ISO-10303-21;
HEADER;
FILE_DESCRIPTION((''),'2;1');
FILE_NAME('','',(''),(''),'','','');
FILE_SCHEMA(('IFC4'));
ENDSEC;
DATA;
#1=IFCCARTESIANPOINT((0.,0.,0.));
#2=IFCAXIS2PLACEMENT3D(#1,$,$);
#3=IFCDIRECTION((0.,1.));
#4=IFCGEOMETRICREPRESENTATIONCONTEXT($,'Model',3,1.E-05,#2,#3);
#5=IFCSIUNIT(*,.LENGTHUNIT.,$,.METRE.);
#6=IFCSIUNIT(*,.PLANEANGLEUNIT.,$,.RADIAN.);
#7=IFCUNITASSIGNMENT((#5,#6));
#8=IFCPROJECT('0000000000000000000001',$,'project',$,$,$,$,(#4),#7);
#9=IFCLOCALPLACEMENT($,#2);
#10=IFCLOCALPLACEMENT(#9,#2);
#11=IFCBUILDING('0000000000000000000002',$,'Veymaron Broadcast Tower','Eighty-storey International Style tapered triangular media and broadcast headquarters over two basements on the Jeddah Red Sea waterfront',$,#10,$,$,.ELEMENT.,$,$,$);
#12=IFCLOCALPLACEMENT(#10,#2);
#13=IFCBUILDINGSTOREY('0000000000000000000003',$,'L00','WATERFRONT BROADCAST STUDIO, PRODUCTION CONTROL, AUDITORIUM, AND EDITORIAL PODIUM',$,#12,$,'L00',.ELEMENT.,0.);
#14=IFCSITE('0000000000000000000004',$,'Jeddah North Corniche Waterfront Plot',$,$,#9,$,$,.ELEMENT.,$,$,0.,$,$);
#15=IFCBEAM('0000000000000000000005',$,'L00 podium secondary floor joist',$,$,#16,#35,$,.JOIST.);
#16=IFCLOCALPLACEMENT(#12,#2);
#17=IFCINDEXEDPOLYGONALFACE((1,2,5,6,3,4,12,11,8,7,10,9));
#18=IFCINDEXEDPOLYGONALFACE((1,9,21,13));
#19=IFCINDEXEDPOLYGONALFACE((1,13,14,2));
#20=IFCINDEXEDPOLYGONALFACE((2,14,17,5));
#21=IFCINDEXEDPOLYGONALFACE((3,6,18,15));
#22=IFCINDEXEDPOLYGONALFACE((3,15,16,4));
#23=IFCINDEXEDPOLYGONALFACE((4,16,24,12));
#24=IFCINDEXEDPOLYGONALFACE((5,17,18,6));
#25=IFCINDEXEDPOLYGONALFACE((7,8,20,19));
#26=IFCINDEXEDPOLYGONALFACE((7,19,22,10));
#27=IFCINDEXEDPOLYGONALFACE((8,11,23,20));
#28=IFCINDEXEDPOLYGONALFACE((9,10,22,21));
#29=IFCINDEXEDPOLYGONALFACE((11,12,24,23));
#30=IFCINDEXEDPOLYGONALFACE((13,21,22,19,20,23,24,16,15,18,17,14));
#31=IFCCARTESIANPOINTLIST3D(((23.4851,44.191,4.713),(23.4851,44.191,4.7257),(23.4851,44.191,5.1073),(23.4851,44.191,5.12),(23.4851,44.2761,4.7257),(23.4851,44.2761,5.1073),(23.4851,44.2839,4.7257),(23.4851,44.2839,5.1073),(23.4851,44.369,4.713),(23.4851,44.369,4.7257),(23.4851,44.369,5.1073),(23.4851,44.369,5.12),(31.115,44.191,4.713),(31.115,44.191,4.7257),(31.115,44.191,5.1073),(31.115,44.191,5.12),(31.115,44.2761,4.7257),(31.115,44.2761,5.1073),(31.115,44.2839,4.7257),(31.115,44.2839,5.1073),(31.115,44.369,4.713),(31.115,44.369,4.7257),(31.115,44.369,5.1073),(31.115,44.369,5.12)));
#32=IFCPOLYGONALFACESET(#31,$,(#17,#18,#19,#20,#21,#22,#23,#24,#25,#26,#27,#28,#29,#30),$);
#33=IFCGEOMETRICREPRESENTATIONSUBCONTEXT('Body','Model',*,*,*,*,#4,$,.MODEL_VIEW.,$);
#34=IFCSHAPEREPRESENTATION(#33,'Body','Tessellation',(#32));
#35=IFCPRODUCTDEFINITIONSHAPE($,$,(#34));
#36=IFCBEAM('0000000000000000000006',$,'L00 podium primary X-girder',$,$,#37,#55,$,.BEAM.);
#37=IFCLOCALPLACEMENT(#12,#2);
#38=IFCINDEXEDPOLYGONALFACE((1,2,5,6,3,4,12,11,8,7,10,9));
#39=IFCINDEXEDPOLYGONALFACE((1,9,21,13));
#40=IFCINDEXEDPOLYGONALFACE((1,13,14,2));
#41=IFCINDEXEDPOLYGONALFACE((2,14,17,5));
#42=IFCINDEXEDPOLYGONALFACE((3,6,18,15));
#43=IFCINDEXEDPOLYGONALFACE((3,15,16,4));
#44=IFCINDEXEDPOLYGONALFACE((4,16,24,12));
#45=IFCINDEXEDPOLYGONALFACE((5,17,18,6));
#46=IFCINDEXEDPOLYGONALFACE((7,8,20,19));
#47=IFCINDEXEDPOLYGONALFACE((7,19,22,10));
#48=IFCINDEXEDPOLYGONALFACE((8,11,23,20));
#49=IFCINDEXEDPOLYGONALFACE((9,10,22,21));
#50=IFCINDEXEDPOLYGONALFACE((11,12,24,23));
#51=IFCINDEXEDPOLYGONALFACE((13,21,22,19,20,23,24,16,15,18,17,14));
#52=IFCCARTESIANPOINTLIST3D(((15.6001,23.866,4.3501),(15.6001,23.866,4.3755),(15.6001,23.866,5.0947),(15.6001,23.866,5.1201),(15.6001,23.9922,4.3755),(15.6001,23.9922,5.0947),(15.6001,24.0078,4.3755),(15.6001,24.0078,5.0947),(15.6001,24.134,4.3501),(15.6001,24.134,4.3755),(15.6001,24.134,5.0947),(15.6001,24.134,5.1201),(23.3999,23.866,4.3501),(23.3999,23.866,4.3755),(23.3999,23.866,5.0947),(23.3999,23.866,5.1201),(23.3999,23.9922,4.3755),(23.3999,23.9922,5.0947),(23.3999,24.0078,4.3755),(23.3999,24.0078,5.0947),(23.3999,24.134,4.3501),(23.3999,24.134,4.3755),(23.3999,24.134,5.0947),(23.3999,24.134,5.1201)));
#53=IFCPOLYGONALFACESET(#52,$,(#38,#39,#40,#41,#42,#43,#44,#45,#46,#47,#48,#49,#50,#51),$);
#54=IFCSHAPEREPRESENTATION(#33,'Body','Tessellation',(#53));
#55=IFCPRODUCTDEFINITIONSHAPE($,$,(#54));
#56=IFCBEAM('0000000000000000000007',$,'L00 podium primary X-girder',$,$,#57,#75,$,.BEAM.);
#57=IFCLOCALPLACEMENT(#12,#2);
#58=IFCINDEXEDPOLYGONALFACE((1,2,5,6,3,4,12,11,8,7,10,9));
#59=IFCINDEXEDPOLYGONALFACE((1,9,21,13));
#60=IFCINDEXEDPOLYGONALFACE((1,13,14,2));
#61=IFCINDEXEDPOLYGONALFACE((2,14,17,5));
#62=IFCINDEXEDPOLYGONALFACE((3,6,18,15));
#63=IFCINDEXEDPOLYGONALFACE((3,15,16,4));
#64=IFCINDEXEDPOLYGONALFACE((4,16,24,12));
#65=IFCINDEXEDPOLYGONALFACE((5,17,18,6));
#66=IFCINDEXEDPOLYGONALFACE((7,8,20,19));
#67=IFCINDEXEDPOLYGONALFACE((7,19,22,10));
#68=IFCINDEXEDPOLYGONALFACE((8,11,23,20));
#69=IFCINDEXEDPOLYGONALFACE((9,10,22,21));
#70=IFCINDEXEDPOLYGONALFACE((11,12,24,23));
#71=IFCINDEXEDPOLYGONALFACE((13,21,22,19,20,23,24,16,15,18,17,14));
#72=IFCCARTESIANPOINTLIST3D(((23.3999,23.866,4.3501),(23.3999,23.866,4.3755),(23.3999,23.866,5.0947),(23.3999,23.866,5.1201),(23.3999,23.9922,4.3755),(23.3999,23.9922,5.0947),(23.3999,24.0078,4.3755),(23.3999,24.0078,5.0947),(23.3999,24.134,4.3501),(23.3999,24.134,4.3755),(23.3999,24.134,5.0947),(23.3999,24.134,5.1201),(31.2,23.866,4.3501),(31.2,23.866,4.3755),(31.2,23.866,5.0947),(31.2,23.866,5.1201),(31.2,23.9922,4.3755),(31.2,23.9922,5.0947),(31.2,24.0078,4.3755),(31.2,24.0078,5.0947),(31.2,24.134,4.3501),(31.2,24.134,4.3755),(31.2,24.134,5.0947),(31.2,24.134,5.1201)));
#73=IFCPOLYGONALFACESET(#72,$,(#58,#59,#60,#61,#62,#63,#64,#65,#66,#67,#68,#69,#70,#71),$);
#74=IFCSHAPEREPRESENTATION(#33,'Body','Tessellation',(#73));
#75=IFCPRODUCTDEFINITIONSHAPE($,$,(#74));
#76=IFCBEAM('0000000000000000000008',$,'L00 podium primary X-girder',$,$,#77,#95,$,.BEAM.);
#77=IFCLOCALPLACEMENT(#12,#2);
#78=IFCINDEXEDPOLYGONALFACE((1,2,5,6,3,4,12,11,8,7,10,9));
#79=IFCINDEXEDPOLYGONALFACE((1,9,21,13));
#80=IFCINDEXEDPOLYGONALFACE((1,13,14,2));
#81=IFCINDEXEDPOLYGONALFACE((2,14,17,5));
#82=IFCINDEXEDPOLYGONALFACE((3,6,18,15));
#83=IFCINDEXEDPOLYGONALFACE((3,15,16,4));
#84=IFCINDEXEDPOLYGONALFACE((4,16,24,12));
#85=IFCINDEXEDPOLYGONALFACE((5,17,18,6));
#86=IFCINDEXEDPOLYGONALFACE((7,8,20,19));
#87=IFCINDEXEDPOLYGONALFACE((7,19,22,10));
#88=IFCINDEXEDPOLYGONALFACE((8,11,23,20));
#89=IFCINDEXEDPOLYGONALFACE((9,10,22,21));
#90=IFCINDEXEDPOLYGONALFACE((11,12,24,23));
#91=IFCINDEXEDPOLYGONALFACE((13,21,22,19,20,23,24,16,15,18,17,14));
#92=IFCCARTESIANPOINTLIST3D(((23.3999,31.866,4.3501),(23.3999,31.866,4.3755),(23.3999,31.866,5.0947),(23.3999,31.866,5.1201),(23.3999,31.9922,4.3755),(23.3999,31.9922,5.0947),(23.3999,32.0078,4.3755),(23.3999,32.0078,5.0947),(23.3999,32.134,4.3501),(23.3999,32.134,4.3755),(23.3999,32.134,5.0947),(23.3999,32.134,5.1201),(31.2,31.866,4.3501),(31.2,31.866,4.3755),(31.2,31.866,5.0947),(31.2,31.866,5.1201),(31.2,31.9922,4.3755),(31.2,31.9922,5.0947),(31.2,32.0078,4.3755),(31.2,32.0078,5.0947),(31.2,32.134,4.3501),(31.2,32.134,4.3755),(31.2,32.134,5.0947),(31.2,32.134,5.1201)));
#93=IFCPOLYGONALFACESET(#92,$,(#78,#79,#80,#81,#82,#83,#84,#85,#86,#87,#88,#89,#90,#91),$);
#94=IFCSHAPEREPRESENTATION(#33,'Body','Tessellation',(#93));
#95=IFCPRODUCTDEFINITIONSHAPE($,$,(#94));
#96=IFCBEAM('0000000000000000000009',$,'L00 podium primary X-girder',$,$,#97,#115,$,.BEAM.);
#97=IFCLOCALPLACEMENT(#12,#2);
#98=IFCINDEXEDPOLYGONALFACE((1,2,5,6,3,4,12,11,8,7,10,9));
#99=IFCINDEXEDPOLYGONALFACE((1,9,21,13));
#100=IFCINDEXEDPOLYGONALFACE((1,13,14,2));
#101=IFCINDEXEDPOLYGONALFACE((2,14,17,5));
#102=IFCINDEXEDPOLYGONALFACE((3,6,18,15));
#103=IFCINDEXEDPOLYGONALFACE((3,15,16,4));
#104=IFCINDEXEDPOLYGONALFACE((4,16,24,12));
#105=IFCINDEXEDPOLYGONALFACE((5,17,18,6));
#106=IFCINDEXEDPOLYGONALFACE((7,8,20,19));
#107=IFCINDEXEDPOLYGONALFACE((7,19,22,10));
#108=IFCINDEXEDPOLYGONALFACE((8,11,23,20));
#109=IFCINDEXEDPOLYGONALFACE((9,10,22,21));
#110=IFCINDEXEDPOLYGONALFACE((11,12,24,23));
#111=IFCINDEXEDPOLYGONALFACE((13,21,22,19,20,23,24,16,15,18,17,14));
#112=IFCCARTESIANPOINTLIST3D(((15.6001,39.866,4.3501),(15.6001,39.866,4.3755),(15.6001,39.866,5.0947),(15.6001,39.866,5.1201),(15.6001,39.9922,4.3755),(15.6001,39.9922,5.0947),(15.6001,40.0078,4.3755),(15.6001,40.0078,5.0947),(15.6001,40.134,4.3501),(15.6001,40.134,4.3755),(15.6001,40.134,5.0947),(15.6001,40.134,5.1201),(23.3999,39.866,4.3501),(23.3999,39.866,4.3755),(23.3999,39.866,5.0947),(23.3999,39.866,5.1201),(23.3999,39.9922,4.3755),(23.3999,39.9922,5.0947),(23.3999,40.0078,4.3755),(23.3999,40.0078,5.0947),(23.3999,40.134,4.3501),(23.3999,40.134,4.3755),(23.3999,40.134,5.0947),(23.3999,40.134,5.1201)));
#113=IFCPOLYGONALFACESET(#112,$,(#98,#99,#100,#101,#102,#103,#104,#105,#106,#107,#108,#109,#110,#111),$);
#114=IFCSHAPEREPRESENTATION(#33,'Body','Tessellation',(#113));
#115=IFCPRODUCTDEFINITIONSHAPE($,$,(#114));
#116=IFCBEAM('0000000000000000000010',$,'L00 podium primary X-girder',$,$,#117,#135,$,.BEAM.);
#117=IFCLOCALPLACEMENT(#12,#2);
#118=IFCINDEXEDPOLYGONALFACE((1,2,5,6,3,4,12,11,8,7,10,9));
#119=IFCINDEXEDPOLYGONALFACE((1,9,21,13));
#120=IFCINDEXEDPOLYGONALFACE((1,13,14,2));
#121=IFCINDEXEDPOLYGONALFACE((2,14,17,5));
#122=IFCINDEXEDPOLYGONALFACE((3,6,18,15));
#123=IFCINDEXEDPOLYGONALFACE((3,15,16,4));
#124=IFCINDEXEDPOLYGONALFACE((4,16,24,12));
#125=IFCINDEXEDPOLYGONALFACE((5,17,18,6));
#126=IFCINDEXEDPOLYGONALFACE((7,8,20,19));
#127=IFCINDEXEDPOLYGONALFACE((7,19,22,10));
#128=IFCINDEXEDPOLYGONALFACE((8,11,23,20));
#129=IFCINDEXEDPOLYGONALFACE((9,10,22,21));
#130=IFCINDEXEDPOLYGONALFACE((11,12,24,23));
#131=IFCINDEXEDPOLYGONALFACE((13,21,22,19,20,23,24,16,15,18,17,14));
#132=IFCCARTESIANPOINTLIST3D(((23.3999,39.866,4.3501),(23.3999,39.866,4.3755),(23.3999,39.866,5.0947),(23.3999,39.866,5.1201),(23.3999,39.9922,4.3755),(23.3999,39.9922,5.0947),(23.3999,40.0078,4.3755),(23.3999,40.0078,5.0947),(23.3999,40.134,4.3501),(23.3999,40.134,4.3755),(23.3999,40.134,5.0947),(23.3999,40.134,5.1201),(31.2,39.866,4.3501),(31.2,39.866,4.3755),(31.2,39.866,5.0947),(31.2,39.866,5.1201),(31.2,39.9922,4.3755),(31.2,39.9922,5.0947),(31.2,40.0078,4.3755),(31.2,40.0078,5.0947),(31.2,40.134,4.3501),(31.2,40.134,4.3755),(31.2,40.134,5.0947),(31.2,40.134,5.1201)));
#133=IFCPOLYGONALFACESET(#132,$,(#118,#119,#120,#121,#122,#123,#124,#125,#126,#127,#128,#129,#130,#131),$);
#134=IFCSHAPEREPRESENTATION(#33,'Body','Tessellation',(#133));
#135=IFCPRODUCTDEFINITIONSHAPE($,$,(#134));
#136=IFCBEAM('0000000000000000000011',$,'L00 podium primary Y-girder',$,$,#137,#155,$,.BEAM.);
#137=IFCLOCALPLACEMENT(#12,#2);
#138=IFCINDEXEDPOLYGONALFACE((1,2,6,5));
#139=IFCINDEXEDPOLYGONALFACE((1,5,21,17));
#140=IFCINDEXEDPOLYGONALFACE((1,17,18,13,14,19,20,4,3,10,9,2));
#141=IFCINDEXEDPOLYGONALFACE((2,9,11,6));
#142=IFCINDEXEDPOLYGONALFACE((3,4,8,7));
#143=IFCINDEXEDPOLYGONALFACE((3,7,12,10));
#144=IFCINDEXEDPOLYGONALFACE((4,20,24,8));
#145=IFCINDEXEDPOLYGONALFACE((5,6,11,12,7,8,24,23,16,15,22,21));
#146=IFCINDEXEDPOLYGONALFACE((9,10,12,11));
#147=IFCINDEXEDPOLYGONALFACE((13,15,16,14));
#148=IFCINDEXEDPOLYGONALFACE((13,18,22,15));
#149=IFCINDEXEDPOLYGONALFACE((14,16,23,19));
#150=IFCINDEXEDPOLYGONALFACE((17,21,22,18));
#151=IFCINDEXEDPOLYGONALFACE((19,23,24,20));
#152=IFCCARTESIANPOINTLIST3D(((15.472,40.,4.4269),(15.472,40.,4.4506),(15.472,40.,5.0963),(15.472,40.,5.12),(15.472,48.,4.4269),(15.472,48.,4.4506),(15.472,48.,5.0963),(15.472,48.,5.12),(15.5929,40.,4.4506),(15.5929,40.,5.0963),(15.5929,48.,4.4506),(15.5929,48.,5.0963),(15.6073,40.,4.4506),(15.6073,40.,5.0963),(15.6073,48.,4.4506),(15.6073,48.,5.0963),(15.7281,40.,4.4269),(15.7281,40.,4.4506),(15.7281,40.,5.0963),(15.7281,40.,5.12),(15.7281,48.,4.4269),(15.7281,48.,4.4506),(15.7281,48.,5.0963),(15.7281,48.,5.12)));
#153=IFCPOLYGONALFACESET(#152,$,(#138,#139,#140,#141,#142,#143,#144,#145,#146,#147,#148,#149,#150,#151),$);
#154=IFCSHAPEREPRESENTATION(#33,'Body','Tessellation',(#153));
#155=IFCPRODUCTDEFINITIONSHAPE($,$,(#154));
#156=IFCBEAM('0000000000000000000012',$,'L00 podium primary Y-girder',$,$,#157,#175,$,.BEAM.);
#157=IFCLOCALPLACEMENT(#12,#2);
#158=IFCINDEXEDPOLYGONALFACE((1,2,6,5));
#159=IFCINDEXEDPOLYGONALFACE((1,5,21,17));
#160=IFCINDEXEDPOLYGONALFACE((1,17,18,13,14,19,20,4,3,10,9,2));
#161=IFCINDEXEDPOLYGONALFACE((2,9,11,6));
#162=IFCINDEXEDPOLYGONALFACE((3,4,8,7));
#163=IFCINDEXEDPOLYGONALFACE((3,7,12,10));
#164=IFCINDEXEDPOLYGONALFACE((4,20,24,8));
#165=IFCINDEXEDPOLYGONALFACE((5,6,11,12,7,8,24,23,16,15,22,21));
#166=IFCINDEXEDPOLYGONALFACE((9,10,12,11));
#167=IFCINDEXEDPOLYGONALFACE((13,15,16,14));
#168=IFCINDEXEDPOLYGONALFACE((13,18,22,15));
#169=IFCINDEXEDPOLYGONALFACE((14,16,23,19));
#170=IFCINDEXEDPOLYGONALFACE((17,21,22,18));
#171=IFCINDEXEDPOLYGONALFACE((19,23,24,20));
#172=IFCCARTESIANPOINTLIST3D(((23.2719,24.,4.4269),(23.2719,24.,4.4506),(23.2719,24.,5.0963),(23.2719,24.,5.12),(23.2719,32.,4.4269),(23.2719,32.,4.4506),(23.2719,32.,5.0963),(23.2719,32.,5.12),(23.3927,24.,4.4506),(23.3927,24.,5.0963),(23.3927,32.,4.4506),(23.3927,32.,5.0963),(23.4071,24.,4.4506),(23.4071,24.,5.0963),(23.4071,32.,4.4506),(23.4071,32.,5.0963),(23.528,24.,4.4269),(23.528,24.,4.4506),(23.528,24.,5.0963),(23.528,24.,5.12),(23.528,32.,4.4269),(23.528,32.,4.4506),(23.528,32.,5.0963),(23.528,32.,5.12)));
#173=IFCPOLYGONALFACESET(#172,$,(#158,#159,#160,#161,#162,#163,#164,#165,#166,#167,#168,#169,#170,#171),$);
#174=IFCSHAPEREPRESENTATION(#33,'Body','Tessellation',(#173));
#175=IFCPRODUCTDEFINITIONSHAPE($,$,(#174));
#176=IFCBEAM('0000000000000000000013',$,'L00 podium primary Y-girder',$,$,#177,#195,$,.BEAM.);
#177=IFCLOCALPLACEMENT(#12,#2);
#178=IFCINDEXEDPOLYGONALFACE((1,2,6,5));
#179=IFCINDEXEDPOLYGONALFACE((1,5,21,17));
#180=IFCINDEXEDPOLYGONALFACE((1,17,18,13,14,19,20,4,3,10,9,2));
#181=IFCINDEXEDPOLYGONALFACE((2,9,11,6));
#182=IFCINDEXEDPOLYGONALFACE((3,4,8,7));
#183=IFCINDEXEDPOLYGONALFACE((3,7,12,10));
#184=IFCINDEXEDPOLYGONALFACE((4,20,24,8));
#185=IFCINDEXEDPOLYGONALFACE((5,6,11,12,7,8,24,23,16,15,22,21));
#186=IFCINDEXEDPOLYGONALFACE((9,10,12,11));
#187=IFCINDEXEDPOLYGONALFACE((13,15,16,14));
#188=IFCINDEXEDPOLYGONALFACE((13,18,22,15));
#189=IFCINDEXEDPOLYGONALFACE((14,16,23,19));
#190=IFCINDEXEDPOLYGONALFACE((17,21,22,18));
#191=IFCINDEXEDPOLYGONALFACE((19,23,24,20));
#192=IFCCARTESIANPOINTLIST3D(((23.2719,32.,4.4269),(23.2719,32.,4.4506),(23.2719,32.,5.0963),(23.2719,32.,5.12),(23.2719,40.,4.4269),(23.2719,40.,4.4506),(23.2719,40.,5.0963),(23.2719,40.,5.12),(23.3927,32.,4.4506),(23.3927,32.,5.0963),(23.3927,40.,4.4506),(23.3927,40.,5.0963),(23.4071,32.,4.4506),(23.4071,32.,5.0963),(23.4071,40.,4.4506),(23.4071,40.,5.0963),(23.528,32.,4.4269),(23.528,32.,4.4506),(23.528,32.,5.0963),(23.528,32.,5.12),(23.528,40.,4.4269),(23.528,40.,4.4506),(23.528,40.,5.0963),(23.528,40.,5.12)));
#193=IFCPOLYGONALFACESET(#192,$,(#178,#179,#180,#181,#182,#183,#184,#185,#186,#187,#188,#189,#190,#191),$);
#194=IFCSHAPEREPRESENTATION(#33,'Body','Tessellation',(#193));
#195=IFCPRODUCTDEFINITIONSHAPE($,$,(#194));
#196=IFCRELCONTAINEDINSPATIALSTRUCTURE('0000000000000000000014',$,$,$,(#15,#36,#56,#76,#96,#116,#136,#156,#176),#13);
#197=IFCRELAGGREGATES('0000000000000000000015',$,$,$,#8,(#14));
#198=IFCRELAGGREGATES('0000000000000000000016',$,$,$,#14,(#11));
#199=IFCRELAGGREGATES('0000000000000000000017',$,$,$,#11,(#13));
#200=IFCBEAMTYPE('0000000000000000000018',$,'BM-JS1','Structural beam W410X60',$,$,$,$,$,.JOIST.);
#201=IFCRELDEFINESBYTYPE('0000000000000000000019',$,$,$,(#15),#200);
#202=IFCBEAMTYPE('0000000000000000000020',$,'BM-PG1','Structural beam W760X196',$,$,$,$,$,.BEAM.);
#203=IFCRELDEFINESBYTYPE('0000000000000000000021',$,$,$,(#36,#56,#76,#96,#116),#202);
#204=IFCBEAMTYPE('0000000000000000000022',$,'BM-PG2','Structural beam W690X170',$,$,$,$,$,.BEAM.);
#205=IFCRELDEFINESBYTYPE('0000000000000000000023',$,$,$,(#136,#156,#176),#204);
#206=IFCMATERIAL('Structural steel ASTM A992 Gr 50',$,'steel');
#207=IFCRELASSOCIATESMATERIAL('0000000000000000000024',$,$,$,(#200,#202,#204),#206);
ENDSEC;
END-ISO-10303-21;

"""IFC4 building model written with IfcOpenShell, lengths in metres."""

from ifc_helpers import new_model, si_unit, direction, frame, origin, origin_2d, place, context, subcontext, project, spatial, i_section, extrude, material, material_profile, profile_set, type_object, element, save


model = new_model("IFC4")

# Units and contexts
model_context = context("Model", 3, precision=1e-05, world=origin(), true_north=direction((0.0, 1.0)))
body_context = subcontext(model_context, "Body", "Model", "MODEL_VIEW")
ifc_project = project(units=[si_unit("LENGTHUNIT", "METRE"), si_unit("PLANEANGLEUNIT", "RADIAN")], contexts=[model_context])

# Site, building, storey
site_placement = place(None, origin())
site = spatial("IfcSite", under=ifc_project, at=site_placement, Name="Jeddah North Corniche Waterfront Plot", CompositionType="ELEMENT", RefElevation=0.0)
building_placement = place(site_placement, origin())
building = spatial("IfcBuilding", under=site, at=building_placement, Name="Veymaron Broadcast Tower", Description="Eighty-storey International Style tapered triangular media and broadcast headquarters over two basements on the Jeddah Red Sea waterfront", CompositionType="ELEMENT")
storey_placement = place(building_placement, origin())
storey = spatial("IfcBuildingStorey", under=building, at=storey_placement, Name="L00", Description="WATERFRONT BROADCAST STUDIO, PRODUCTION CONTROL, AUDITORIUM, AND EDITORIAL PODIUM", LongName="L00", CompositionType="ELEMENT", Elevation=0.0)

# Beams
ifc_material_1 = material(Name="Structural steel ASTM A992 Gr 50", Category="steel")
ifc_material_profile_1 = material_profile(ifc_material_1, i_section(OverallWidth=0.178, OverallDepth=0.407, WebThickness=0.0078, FlangeThickness=0.0127, at=origin_2d()), Name="W410X60")
ifc_profile_set_1 = profile_set([ifc_material_profile_1], Name="Structural steel ASTM A992 Gr 50")
beam_type_1 = type_object("IfcBeamType", Name="BM-JS1", Description="Structural beam W410X60", PredefinedType="JOIST", material=ifc_profile_set_1)
for number, where, z_axis, x_axis, name in (
    (1, (23.4851, 44.28, 4.9165), (1.0, 0.0, 0.0), (0.0, 1.0, 0.0), "L00 podium secondary floor joist"),
):
    element("IfcBeam", number, at=place(storey_placement, frame(where, z_axis=z_axis, x_axis=x_axis)), inside=storey, type_object=beam_type_1, Name=name, PredefinedType="JOIST", context=body_context, shape_type="SweptSolid", body=[
        extrude(i_section(OverallWidth=0.178, OverallDepth=0.407, WebThickness=0.0078, FlangeThickness=0.0127, at=origin_2d()), origin(), (0.0, 0.0, 1.0), 7.6299),
    ])
ifc_material_profile_2 = material_profile(ifc_material_1, i_section(OverallWidth=0.2681, OverallDepth=0.77, WebThickness=0.0156, FlangeThickness=0.0254, at=origin_2d()), Name="W760X196")
ifc_profile_set_2 = profile_set([ifc_material_profile_2], Name="Structural steel ASTM A992 Gr 50")
beam_type_2 = type_object("IfcBeamType", Name="BM-PG1", Description="Structural beam W760X196", PredefinedType="BEAM", material=ifc_profile_set_2)
beam_1_placement = place(storey_placement, frame((15.6001, 24.0, 4.7351), z_axis=(1.0, 0.0, 0.0), x_axis=(0.0, 1.0, 0.0)))
element("IfcBeam", 2, at=beam_1_placement, inside=storey, type_object=beam_type_2, Name="L00 podium primary X-girder", PredefinedType="BEAM", context=body_context, shape_type="SweptSolid", body=[
    extrude(i_section(OverallWidth=0.2681, OverallDepth=0.77, WebThickness=0.0156, FlangeThickness=0.0254, at=origin_2d()), origin(), (0.0, 0.0, 1.0), 7.7998),
])
for number, where, z_axis, x_axis, name in (
    (3, (23.3999, 24.0, 4.7351), (1.0, 0.0, 0.0), (0.0, 1.0, 0.0), "L00 podium primary X-girder"),
    (4, (23.3999, 32.0, 4.7351), (1.0, 0.0, 0.0), (0.0, 1.0, 0.0), "L00 podium primary X-girder"),
):
    element("IfcBeam", number, at=place(storey_placement, frame(where, z_axis=z_axis, x_axis=x_axis)), inside=storey, type_object=beam_type_2, Name=name, PredefinedType="BEAM", context=body_context, shape_type="SweptSolid", body=[
        extrude(i_section(OverallWidth=0.2681, OverallDepth=0.77, WebThickness=0.0156, FlangeThickness=0.0254, at=origin_2d()), origin(), (0.0, 0.0, 1.0), 7.8),
    ])
beam_2_placement = place(storey_placement, frame((15.6001, 40.0, 4.7351), z_axis=(1.0, 0.0, 0.0), x_axis=(0.0, 1.0, 0.0)))
element("IfcBeam", 5, at=beam_2_placement, inside=storey, type_object=beam_type_2, Name="L00 podium primary X-girder", PredefinedType="BEAM", context=body_context, shape_type="SweptSolid", body=[
    extrude(i_section(OverallWidth=0.2681, OverallDepth=0.77, WebThickness=0.0156, FlangeThickness=0.0254, at=origin_2d()), origin(), (0.0, 0.0, 1.0), 7.7998),
])
beam_3_placement = place(storey_placement, frame((23.3999, 40.0, 4.7351), z_axis=(1.0, 0.0, 0.0), x_axis=(0.0, 1.0, 0.0)))
element("IfcBeam", 6, at=beam_3_placement, inside=storey, type_object=beam_type_2, Name="L00 podium primary X-girder", PredefinedType="BEAM", context=body_context, shape_type="SweptSolid", body=[
    extrude(i_section(OverallWidth=0.2681, OverallDepth=0.77, WebThickness=0.0156, FlangeThickness=0.0254, at=origin_2d()), origin(), (0.0, 0.0, 1.0), 7.8),
])
ifc_material_profile_3 = material_profile(ifc_material_1, i_section(OverallWidth=0.2561, OverallDepth=0.6931, WebThickness=0.0144, FlangeThickness=0.0237, at=origin_2d()), Name="W690X170")
ifc_profile_set_3 = profile_set([ifc_material_profile_3], Name="Structural steel ASTM A992 Gr 50")
beam_type_3 = type_object("IfcBeamType", Name="BM-PG2", Description="Structural beam W690X170", PredefinedType="BEAM", material=ifc_profile_set_3)
for number, where, z_axis, x_axis, name in (
    (7, (15.6001, 40.0, 4.7734), (0.0, 1.0, 0.0), (-1.0, 0.0, 0.0), "L00 podium primary Y-girder"),
    (8, (23.3999, 24.0, 4.7734), (0.0, 1.0, 0.0), (-1.0, 0.0, 0.0), "L00 podium primary Y-girder"),
    (9, (23.3999, 32.0, 4.7734), (0.0, 1.0, 0.0), (-1.0, 0.0, 0.0), "L00 podium primary Y-girder"),
):
    element("IfcBeam", number, at=place(storey_placement, frame(where, z_axis=z_axis, x_axis=x_axis)), inside=storey, type_object=beam_type_3, Name=name, PredefinedType="BEAM", context=body_context, shape_type="SweptSolid", body=[
        extrude(i_section(OverallWidth=0.2561, OverallDepth=0.6931, WebThickness=0.0144, FlangeThickness=0.0237, at=origin_2d()), origin(), (0.0, 0.0, 1.0), 8.0),
    ])

save(model, "model.ifc")
